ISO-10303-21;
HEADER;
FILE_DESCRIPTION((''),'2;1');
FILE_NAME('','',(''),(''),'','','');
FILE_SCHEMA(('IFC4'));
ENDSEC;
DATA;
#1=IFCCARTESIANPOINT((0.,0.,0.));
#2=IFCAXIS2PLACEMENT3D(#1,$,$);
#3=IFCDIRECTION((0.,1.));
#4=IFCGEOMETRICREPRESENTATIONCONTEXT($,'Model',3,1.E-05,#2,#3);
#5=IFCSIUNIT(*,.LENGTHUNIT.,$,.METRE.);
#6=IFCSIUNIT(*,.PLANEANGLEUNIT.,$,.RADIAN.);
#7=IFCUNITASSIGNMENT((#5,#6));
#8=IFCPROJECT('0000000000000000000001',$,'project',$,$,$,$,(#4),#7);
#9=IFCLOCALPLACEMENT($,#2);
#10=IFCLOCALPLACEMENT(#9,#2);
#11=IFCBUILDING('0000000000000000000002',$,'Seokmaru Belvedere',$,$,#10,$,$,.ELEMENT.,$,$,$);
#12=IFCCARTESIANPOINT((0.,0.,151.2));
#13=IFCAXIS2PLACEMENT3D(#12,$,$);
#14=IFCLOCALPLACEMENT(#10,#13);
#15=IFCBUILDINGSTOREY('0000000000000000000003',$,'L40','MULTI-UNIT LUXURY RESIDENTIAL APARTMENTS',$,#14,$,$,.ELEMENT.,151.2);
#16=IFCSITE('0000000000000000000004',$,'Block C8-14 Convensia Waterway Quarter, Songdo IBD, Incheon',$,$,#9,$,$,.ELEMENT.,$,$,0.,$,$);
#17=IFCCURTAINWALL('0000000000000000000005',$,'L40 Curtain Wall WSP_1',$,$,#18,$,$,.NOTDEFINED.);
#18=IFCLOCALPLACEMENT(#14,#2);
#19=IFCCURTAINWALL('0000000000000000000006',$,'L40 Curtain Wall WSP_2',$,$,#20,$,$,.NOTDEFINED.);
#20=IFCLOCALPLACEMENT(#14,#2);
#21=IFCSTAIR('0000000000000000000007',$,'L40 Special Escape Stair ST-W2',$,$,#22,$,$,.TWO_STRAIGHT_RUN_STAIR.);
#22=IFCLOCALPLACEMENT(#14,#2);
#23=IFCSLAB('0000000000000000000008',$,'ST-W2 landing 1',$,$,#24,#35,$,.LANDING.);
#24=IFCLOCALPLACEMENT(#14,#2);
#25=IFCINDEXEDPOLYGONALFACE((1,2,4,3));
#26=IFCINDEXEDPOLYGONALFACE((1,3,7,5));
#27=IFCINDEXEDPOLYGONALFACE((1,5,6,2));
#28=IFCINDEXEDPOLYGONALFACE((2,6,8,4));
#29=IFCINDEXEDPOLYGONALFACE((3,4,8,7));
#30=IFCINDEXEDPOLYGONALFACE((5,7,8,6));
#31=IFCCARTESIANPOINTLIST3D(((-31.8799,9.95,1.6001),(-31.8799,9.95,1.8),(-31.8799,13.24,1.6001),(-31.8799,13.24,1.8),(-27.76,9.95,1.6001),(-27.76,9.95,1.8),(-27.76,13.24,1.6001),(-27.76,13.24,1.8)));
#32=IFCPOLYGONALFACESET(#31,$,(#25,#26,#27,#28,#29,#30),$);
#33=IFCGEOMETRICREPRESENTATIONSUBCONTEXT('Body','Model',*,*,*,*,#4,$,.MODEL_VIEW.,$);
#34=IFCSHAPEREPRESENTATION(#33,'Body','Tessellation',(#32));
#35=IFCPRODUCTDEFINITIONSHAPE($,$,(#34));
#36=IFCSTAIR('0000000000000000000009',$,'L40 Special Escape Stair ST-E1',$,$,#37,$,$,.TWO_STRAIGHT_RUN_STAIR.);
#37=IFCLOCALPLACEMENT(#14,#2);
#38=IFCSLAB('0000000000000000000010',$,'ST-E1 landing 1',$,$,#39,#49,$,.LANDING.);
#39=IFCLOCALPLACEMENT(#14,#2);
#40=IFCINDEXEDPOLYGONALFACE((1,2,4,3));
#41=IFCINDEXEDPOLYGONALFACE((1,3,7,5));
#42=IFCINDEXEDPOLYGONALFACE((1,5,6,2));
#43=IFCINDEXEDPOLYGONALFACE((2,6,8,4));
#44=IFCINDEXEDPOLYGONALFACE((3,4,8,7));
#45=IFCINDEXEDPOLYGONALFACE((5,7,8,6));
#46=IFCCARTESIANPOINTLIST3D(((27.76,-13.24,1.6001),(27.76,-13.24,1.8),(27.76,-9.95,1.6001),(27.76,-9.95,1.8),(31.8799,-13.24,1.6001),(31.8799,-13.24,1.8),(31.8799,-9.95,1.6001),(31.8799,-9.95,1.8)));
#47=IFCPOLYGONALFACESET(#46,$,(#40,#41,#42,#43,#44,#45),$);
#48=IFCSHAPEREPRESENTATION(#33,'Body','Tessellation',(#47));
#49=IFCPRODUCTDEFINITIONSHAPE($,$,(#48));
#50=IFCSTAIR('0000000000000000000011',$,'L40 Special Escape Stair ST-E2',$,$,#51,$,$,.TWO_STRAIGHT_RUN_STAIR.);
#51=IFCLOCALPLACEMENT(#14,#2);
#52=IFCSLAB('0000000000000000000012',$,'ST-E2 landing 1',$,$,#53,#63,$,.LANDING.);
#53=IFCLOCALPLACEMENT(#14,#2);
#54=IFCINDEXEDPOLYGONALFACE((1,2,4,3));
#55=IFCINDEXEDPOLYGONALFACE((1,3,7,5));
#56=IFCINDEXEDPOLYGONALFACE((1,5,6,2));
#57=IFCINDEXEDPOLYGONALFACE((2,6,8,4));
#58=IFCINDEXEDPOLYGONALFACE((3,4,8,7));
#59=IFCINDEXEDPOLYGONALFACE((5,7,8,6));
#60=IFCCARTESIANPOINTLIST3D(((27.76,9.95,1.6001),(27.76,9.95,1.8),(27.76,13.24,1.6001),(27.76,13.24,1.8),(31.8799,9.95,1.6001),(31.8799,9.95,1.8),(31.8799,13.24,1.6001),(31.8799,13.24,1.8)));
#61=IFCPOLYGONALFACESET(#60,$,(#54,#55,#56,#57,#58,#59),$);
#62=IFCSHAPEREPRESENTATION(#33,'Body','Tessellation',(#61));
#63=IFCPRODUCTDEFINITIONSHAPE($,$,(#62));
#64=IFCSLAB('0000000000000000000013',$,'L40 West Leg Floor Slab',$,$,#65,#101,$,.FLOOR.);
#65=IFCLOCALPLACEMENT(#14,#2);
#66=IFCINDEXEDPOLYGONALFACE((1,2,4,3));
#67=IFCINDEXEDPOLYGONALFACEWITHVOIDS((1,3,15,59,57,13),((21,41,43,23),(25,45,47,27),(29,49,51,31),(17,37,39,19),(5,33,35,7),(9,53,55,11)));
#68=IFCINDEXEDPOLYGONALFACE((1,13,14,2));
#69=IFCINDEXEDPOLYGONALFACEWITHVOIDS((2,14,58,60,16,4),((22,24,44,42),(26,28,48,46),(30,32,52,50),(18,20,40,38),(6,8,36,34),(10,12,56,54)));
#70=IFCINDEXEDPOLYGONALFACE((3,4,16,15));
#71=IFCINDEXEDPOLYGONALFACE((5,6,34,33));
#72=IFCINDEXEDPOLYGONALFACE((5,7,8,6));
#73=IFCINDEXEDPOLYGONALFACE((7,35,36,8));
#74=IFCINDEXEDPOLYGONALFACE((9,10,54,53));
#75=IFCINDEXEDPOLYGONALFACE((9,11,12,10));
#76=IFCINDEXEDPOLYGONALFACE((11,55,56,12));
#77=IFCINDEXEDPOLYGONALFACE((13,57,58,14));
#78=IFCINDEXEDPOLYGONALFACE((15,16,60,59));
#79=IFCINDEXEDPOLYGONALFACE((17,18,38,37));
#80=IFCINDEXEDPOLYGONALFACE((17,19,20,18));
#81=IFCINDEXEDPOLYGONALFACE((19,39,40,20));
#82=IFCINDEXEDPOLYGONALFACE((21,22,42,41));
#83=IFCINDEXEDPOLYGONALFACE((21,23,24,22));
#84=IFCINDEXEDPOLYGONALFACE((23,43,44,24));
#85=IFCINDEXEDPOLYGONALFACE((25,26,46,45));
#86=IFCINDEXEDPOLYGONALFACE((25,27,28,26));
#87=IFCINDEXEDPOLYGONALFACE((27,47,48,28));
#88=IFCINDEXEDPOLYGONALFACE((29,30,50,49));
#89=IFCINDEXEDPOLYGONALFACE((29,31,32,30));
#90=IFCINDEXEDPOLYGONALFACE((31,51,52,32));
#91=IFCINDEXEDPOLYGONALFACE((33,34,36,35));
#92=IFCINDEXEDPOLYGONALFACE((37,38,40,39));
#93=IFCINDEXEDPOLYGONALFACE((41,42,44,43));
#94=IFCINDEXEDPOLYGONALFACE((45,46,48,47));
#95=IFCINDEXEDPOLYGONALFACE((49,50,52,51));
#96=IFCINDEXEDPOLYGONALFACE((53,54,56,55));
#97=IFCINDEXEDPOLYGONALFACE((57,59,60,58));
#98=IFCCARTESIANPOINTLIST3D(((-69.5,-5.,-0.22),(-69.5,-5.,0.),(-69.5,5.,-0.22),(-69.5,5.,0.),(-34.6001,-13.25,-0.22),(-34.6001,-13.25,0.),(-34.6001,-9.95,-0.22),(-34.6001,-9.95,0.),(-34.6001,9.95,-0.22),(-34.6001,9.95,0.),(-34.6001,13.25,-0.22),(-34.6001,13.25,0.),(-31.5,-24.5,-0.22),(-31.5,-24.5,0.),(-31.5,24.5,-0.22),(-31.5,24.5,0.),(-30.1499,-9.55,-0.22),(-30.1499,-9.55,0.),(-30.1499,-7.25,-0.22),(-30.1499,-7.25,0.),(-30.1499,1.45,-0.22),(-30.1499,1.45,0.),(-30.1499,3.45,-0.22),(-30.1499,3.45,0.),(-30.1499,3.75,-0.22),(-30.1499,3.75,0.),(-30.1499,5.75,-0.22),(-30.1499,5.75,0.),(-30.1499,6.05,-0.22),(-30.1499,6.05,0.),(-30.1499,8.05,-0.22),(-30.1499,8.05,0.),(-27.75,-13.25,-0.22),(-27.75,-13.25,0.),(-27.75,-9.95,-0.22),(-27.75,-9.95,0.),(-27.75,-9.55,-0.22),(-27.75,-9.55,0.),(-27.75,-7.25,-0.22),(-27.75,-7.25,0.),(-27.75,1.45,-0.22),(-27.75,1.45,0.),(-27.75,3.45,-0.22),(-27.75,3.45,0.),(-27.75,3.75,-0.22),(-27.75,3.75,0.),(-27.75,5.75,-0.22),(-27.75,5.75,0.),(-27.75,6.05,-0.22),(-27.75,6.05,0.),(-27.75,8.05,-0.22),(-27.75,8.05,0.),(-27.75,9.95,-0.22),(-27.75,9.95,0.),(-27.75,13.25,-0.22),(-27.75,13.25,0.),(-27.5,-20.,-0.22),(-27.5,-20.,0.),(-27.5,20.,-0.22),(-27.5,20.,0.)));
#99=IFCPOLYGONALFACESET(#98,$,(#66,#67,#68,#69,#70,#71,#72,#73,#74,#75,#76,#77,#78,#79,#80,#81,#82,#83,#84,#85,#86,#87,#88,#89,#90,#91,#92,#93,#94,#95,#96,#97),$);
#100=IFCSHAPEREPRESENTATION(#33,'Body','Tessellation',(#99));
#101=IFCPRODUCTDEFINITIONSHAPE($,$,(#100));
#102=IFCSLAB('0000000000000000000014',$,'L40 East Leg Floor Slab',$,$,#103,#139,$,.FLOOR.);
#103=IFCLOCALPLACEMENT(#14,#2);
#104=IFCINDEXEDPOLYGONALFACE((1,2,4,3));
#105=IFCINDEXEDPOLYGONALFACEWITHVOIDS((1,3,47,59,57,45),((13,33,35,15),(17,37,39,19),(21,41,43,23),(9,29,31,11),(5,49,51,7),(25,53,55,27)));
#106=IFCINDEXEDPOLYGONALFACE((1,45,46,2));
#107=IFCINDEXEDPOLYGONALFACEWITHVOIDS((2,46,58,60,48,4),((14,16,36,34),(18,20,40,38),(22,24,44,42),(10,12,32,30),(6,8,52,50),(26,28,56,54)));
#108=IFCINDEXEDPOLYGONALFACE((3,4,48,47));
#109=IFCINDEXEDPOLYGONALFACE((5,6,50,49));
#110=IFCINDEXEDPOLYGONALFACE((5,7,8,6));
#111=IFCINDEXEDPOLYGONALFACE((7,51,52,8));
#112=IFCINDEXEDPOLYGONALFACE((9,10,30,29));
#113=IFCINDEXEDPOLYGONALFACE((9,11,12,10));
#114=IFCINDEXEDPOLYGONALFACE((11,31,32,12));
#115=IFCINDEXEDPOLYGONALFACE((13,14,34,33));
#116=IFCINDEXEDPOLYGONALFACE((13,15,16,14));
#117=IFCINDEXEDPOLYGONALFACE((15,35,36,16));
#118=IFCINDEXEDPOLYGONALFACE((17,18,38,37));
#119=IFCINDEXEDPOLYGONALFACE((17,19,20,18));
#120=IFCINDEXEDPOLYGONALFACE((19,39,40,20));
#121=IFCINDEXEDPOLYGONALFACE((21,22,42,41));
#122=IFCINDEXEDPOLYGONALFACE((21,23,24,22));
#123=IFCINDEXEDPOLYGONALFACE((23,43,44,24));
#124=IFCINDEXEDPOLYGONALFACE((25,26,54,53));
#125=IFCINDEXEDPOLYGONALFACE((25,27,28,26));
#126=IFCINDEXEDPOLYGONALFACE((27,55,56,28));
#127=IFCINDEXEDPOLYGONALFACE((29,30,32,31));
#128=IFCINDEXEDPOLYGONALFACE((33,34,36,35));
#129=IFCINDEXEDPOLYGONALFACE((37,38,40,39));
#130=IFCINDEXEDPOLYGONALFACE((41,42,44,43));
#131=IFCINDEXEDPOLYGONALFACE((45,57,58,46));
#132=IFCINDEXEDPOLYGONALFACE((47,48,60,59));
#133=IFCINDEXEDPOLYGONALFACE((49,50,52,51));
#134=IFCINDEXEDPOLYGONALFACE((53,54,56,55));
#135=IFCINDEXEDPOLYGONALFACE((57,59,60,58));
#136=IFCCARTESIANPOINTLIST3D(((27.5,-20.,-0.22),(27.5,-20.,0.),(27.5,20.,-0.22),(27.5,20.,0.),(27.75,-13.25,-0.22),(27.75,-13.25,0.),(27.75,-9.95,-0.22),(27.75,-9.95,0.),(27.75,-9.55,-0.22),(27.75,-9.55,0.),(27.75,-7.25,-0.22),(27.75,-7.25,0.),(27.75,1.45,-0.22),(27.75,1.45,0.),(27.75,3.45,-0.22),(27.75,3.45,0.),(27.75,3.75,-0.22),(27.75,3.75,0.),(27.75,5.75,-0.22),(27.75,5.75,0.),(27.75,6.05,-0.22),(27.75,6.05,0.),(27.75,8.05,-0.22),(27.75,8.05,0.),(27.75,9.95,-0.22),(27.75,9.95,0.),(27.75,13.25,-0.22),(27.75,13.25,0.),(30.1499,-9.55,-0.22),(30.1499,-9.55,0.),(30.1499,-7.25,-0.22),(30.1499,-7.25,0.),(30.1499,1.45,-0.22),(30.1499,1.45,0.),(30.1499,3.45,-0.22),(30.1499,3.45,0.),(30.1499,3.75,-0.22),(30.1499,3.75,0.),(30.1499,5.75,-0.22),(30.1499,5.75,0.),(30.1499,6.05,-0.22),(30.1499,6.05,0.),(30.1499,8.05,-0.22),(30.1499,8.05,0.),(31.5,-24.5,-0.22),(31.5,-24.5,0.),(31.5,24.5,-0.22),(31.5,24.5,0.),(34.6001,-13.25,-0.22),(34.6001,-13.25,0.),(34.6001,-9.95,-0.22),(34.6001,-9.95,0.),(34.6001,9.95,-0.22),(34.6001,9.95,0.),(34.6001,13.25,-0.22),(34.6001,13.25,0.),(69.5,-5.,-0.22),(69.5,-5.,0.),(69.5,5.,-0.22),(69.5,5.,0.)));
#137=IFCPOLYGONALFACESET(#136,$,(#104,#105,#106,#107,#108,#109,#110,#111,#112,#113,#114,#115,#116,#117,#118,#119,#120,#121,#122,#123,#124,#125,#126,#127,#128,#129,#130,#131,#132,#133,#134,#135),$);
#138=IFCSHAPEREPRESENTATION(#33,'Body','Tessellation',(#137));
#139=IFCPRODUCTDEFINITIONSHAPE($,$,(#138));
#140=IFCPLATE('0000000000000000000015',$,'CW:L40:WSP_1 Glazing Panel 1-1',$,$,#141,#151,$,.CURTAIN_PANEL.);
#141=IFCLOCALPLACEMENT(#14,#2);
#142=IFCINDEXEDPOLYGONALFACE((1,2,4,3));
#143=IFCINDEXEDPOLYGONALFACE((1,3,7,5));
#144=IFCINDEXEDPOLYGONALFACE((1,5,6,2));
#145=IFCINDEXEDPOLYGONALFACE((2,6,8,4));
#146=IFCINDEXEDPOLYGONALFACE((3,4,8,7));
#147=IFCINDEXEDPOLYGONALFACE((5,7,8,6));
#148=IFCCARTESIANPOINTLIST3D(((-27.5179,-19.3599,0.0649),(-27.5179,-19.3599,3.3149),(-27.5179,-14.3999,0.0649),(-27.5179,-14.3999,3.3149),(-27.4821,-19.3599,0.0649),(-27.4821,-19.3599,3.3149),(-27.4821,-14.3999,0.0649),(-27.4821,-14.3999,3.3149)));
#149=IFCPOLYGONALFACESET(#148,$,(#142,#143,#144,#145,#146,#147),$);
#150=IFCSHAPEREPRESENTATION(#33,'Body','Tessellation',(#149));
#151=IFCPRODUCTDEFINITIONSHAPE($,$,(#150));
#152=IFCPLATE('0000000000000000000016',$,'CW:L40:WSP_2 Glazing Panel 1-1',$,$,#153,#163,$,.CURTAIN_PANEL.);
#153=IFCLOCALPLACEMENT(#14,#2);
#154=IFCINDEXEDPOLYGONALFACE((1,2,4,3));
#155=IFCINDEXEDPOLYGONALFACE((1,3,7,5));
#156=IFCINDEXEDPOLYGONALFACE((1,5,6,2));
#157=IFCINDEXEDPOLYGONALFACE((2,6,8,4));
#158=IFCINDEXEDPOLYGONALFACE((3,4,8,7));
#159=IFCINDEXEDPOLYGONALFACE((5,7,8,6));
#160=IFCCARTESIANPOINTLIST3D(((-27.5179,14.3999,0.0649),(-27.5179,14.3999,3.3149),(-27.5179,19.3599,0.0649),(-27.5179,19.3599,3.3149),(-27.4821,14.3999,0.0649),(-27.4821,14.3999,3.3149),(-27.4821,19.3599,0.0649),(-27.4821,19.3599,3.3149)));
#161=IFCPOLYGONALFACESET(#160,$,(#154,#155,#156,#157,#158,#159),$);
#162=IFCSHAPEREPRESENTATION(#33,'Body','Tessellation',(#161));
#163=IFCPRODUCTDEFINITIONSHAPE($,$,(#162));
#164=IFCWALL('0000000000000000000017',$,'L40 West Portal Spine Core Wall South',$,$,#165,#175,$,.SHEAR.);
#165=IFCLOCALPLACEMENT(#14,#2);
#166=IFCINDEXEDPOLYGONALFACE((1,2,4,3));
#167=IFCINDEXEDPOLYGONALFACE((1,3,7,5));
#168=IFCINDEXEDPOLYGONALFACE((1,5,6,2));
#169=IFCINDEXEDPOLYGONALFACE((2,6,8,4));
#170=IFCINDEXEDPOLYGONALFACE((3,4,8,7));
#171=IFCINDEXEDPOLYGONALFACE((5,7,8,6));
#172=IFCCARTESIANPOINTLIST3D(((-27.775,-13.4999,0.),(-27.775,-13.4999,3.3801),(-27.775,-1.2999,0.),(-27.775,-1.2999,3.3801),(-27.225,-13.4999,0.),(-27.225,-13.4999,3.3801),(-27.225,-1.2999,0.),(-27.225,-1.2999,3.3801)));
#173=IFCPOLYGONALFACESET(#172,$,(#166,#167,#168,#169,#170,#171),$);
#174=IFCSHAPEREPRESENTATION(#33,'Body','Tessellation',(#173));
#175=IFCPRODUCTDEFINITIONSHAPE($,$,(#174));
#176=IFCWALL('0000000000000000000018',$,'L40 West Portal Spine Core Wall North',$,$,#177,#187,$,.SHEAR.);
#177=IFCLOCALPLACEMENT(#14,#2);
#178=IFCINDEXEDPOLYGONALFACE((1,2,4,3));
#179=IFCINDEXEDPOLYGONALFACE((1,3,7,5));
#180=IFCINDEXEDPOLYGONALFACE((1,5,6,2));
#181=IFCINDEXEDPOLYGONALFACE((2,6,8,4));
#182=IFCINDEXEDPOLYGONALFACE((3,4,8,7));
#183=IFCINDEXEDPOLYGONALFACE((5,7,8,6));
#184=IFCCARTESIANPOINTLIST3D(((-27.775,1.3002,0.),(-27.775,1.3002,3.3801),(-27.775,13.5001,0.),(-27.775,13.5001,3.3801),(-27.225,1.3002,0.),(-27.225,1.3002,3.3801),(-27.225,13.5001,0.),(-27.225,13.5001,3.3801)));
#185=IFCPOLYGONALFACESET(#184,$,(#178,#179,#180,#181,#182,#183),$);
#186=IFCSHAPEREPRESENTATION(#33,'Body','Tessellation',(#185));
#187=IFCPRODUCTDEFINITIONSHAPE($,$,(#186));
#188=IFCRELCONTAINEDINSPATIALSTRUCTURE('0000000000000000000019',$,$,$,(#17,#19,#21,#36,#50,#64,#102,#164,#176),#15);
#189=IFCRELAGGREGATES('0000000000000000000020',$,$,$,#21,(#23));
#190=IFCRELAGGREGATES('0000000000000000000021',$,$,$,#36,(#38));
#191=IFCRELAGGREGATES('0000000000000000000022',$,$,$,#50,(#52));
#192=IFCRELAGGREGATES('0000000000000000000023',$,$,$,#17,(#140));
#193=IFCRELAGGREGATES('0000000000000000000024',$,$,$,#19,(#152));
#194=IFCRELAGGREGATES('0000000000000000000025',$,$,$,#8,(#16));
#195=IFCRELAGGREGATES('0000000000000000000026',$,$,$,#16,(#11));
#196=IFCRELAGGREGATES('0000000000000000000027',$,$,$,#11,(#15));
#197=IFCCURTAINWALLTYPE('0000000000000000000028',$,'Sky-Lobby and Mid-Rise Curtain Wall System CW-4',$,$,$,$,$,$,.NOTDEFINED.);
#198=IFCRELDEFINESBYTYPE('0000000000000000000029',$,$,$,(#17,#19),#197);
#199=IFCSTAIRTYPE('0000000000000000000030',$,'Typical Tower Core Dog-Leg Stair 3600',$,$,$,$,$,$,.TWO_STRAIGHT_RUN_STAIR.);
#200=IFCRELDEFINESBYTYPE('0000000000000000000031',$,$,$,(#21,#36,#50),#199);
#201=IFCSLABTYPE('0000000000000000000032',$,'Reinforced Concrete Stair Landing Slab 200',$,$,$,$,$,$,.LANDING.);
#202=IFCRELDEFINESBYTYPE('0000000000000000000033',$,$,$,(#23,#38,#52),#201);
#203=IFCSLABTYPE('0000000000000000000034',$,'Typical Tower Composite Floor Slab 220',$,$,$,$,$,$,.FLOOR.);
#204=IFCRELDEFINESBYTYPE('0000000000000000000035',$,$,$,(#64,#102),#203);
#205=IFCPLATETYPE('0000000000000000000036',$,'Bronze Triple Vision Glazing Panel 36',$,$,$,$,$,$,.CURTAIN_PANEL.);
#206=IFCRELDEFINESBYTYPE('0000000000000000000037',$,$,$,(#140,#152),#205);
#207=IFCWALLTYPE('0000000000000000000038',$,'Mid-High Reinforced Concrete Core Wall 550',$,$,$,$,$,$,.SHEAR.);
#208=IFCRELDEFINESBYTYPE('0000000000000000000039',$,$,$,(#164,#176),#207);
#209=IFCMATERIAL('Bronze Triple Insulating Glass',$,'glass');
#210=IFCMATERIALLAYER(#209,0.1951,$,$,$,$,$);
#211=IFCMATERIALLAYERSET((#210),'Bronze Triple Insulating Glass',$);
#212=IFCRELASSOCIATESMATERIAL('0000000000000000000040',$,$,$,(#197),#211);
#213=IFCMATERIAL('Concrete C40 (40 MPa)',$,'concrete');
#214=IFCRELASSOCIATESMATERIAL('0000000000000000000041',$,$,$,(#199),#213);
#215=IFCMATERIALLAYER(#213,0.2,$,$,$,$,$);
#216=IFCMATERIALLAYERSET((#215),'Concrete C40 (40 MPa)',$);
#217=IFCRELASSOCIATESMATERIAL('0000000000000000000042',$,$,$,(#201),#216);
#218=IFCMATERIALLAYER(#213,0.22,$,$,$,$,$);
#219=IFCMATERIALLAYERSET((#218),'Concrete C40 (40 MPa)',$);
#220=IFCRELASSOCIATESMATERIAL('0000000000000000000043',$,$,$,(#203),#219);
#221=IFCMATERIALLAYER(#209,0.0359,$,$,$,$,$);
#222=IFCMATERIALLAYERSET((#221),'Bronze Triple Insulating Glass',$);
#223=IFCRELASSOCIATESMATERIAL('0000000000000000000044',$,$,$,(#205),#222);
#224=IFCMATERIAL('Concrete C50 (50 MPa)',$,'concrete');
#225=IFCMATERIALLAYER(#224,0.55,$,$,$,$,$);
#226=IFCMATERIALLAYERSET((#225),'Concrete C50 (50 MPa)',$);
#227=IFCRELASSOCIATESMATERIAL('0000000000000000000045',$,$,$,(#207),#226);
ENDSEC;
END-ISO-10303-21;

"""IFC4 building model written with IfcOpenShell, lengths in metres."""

from ifc_helpers import new_model, si_unit, direction, frame, frame_2d, origin, origin_2d, place, context, subcontext, project, spatial, polyline, rectangle, outline, extrude, source, transform, mapped, material, layer, layer_set, type_object, type_shapes, element, aggregate, save


model = new_model("IFC4")

# Units and contexts
model_context = context("Model", 3, precision=1e-05, world=origin(), true_north=direction((0.0, 1.0)))
body_context = subcontext(model_context, "Body", "Model", "MODEL_VIEW")
ifc_project = project(units=[si_unit("LENGTHUNIT", "METRE"), si_unit("PLANEANGLEUNIT", "RADIAN")], contexts=[model_context])

# Site, building, storey
site_placement = place(None, origin())
site = spatial("IfcSite", under=ifc_project, at=site_placement, Name="Block C8-14 Convensia Waterway Quarter, Songdo IBD, Incheon", CompositionType="ELEMENT", RefElevation=0.0)
building_placement = place(site_placement, origin())
building = spatial("IfcBuilding", under=site, at=building_placement, Name="Seokmaru Belvedere", CompositionType="ELEMENT")
storey_placement = place(building_placement, frame((0.0, 0.0, 151.2)))
storey = spatial("IfcBuildingStorey", under=building, at=storey_placement, Name="L40", Description="MULTI-UNIT LUXURY RESIDENTIAL APARTMENTS", CompositionType="ELEMENT", Elevation=151.2)

# Curtain walls
ifc_material_1 = material(Name="Bronze Triple Insulating Glass", Category="glass")
ifc_layer_1 = layer(ifc_material_1, 0.1951)
ifc_layer_set_1 = layer_set([ifc_layer_1], Name="Bronze Triple Insulating Glass")
curtain_wall_type = type_object("IfcCurtainWallType", Name="Sky-Lobby and Mid-Rise Curtain Wall System CW-4", PredefinedType="NOTDEFINED", material=ifc_layer_set_1)
curtain_wall_1_placement = place(storey_placement, origin())
curtain_wall_1 = element("IfcCurtainWall", 1, at=curtain_wall_1_placement, inside=storey, type_object=curtain_wall_type, Name="L40 Curtain Wall WSP_1", PredefinedType="NOTDEFINED")
curtain_wall_2_placement = place(storey_placement, origin())
curtain_wall_2 = element("IfcCurtainWall", 2, at=curtain_wall_2_placement, inside=storey, type_object=curtain_wall_type, Name="L40 Curtain Wall WSP_2", PredefinedType="NOTDEFINED")

# Stairs, slabs
ifc_material_2 = material(Name="Concrete C40 (40 MPa)", Category="concrete")
stair_type = type_object("IfcStairType", Name="Typical Tower Core Dog-Leg Stair 3600", PredefinedType="TWO_STRAIGHT_RUN_STAIR", material=ifc_material_2)
ifc_layer_2 = layer(ifc_material_2, 0.2)
ifc_layer_set_2 = layer_set([ifc_layer_2], Name="Concrete C40 (40 MPa)")
slab_type_1 = type_object("IfcSlabType", Name="Reinforced Concrete Stair Landing Slab 200", PredefinedType="LANDING", material=ifc_layer_set_2)
stair_1_placement = place(storey_placement, origin())
stair_1 = element("IfcStair", 3, at=stair_1_placement, inside=storey, type_object=stair_type, Name="L40 Special Escape Stair ST-W2", PredefinedType="TWO_STRAIGHT_RUN_STAIR")
slab_1_placement = place(storey_placement, frame((0.0, 0.0, 1.6001)))
slab_1 = element("IfcSlab", 4, at=slab_1_placement, type_object=slab_type_1, Name="ST-W2 landing 1", PredefinedType="LANDING", context=body_context, shape_type="SweptSolid", body=[
    extrude(outline(polyline([(-31.8799, 9.95), (-27.76, 9.95), (-27.76, 13.24), (-31.8799, 13.24), (-31.8799, 9.95)])), origin(), (0.0, 0.0, 1.0), 0.2),
])
aggregate(stair_1, [slab_1])
stair_2_placement = place(storey_placement, origin())
stair_2 = element("IfcStair", 5, at=stair_2_placement, inside=storey, type_object=stair_type, Name="L40 Special Escape Stair ST-E1", PredefinedType="TWO_STRAIGHT_RUN_STAIR")
slab_2_placement = place(storey_placement, frame((0.0, 0.0, 1.6001)))
slab_2 = element("IfcSlab", 6, at=slab_2_placement, type_object=slab_type_1, Name="ST-E1 landing 1", PredefinedType="LANDING", context=body_context, shape_type="SweptSolid", body=[
    extrude(outline(polyline([(27.76, -13.24), (31.8799, -13.24), (31.8799, -9.95), (27.76, -9.95), (27.76, -13.24)])), origin(), (0.0, 0.0, 1.0), 0.2),
])
aggregate(stair_2, [slab_2])
stair_3_placement = place(storey_placement, origin())
stair_3 = element("IfcStair", 7, at=stair_3_placement, inside=storey, type_object=stair_type, Name="L40 Special Escape Stair ST-E2", PredefinedType="TWO_STRAIGHT_RUN_STAIR")
slab_3_placement = place(storey_placement, frame((0.0, 0.0, 1.6001)))
slab_3 = element("IfcSlab", 8, at=slab_3_placement, type_object=slab_type_1, Name="ST-E2 landing 1", PredefinedType="LANDING", context=body_context, shape_type="SweptSolid", body=[
    extrude(outline(polyline([(27.76, 9.95), (31.8799, 9.95), (31.8799, 13.24), (27.76, 13.24), (27.76, 9.95)])), origin(), (0.0, 0.0, 1.0), 0.2),
])
aggregate(stair_3, [slab_3])

# Slabs
ifc_layer_3 = layer(ifc_material_2, 0.22)
ifc_layer_set_3 = layer_set([ifc_layer_3], Name="Concrete C40 (40 MPa)")
slab_type_2 = type_object("IfcSlabType", Name="Typical Tower Composite Floor Slab 220", PredefinedType="FLOOR", material=ifc_layer_set_3)
slab_4_placement = place(storey_placement, frame((0.0, 0.0, -0.22)))
element("IfcSlab", 9, at=slab_4_placement, inside=storey, type_object=slab_type_2, Name="L40 West Leg Floor Slab", PredefinedType="FLOOR", context=body_context, shape_type="SweptSolid", body=[
    extrude(outline(polyline([(-27.5, -20.0), (-27.5, 20.0), (-31.5, 24.5), (-69.5, 5.0), (-69.5, -5.0), (-31.5, -24.5), (-27.5, -20.0)]), holes=[polyline([(-34.6001, -13.25), (-27.75, -13.25), (-27.75, -9.95), (-34.6001, -9.95), (-34.6001, -13.25)]), polyline([(-34.6001, 9.95), (-27.75, 9.95), (-27.75, 13.25), (-34.6001, 13.25), (-34.6001, 9.95)]), polyline([(-30.1499, -9.55), (-27.75, -9.55), (-27.75, -7.25), (-30.1499, -7.25), (-30.1499, -9.55)]), polyline([(-30.1499, 1.45), (-27.75, 1.45), (-27.75, 3.45), (-30.1499, 3.45), (-30.1499, 1.45)]), polyline([(-30.1499, 3.75), (-27.75, 3.75), (-27.75, 5.75), (-30.1499, 5.75), (-30.1499, 3.75)]), polyline([(-30.1499, 6.05), (-27.75, 6.05), (-27.75, 8.05), (-30.1499, 8.05), (-30.1499, 6.05)])]), origin(), (0.0, 0.0, 1.0), 0.22),
])
slab_5_placement = place(storey_placement, frame((0.0, 0.0, -0.22)))
element("IfcSlab", 10, at=slab_5_placement, inside=storey, type_object=slab_type_2, Name="L40 East Leg Floor Slab", PredefinedType="FLOOR", context=body_context, shape_type="SweptSolid", body=[
    extrude(outline(polyline([(31.5, -24.5), (69.5, -5.0), (69.5, 5.0), (31.5, 24.5), (27.5, 20.0), (27.5, -20.0), (31.5, -24.5)]), holes=[polyline([(27.75, -13.25), (34.6001, -13.25), (34.6001, -9.95), (27.75, -9.95), (27.75, -13.25)]), polyline([(27.75, 9.95), (34.6001, 9.95), (34.6001, 13.25), (27.75, 13.25), (27.75, 9.95)]), polyline([(27.75, -9.55), (30.1499, -9.55), (30.1499, -7.25), (27.75, -7.25), (27.75, -9.55)]), polyline([(27.75, 1.45), (30.1499, 1.45), (30.1499, 3.45), (27.75, 3.45), (27.75, 1.45)]), polyline([(27.75, 3.75), (30.1499, 3.75), (30.1499, 5.75), (27.75, 5.75), (27.75, 3.75)]), polyline([(27.75, 6.05), (30.1499, 6.05), (30.1499, 8.05), (27.75, 8.05), (27.75, 6.05)])]), origin(), (0.0, 0.0, 1.0), 0.22),
])

# Plates
ifc_layer_4 = layer(ifc_material_1, 0.0359)
ifc_layer_set_4 = layer_set([ifc_layer_4], Name="Bronze Triple Insulating Glass")
plate_type = type_object("IfcPlateType", Name="Bronze Triple Vision Glazing Panel 36", PredefinedType="CURTAIN_PANEL", material=ifc_layer_set_4)
shared_shape_1 = source(origin(), body_context, "Body", "SweptSolid", [
    extrude(rectangle(XDim=4.96, YDim=0.0359, at=origin_2d()), origin(), (0.0, 0.0, 1.0), 3.25),
])
type_shapes(plate_type, [shared_shape_1])
plate_1_placement = place(storey_placement, frame((-27.5, -16.8799, 0.0649), z_axis=(0.0, 0.0, 1.0), x_axis=(0.0, 1.0, 0.0)))
plate_1 = element("IfcPlate", 11, at=plate_1_placement, type_object=plate_type, Name="CW:L40:WSP_1 Glazing Panel 1-1", PredefinedType="CURTAIN_PANEL", context=body_context, shape_type="MappedRepresentation", body=[
    mapped(shared_shape_1, transform((0.0, 0.0, 0.0), scale=1.0)),
])
aggregate(curtain_wall_1, [plate_1])
plate_2_placement = place(storey_placement, frame((-27.5, 16.8799, 0.0649), z_axis=(0.0, 0.0, 1.0), x_axis=(0.0, 1.0, 0.0)))
plate_2 = element("IfcPlate", 12, at=plate_2_placement, type_object=plate_type, Name="CW:L40:WSP_2 Glazing Panel 1-1", PredefinedType="CURTAIN_PANEL", context=body_context, shape_type="MappedRepresentation", body=[
    mapped(shared_shape_1, transform((0.0, 0.0, 0.0), scale=1.0)),
])
aggregate(curtain_wall_2, [plate_2])

# Walls
ifc_material_3 = material(Name="Concrete C50 (50 MPa)", Category="concrete")
ifc_layer_5 = layer(ifc_material_3, 0.55)
ifc_layer_set_5 = layer_set([ifc_layer_5], Name="Concrete C50 (50 MPa)")
wall_type_1 = type_object("IfcWallType", Name="Mid-High Reinforced Concrete Core Wall 550", PredefinedType="SHEAR", material=ifc_layer_set_5)
for number, where, z_axis, x_axis, name in (
    (13, (-27.5, -13.5, 0.0), (0.0, 0.0, 1.0), (0.0, 1.0, 0.0), "L40 West Portal Spine Core Wall South"),
    (14, (-27.5, 1.3, 0.0), (0.0, 0.0, 1.0), (0.0, 1.0, 0.0), "L40 West Portal Spine Core Wall North"),
):
    element("IfcWall", number, at=place(storey_placement, frame(where, z_axis=z_axis, x_axis=x_axis)), inside=storey, type_object=wall_type_1, Name=name, PredefinedType="SHEAR", context=body_context, shape_type="SweptSolid", body=[
        extrude(rectangle(XDim=12.2, YDim=0.55, at=frame_2d((6.1001, 0.0))), origin(), (0.0, 0.0, 1.0), 3.3801),
    ])

save(model, "model.ifc")
